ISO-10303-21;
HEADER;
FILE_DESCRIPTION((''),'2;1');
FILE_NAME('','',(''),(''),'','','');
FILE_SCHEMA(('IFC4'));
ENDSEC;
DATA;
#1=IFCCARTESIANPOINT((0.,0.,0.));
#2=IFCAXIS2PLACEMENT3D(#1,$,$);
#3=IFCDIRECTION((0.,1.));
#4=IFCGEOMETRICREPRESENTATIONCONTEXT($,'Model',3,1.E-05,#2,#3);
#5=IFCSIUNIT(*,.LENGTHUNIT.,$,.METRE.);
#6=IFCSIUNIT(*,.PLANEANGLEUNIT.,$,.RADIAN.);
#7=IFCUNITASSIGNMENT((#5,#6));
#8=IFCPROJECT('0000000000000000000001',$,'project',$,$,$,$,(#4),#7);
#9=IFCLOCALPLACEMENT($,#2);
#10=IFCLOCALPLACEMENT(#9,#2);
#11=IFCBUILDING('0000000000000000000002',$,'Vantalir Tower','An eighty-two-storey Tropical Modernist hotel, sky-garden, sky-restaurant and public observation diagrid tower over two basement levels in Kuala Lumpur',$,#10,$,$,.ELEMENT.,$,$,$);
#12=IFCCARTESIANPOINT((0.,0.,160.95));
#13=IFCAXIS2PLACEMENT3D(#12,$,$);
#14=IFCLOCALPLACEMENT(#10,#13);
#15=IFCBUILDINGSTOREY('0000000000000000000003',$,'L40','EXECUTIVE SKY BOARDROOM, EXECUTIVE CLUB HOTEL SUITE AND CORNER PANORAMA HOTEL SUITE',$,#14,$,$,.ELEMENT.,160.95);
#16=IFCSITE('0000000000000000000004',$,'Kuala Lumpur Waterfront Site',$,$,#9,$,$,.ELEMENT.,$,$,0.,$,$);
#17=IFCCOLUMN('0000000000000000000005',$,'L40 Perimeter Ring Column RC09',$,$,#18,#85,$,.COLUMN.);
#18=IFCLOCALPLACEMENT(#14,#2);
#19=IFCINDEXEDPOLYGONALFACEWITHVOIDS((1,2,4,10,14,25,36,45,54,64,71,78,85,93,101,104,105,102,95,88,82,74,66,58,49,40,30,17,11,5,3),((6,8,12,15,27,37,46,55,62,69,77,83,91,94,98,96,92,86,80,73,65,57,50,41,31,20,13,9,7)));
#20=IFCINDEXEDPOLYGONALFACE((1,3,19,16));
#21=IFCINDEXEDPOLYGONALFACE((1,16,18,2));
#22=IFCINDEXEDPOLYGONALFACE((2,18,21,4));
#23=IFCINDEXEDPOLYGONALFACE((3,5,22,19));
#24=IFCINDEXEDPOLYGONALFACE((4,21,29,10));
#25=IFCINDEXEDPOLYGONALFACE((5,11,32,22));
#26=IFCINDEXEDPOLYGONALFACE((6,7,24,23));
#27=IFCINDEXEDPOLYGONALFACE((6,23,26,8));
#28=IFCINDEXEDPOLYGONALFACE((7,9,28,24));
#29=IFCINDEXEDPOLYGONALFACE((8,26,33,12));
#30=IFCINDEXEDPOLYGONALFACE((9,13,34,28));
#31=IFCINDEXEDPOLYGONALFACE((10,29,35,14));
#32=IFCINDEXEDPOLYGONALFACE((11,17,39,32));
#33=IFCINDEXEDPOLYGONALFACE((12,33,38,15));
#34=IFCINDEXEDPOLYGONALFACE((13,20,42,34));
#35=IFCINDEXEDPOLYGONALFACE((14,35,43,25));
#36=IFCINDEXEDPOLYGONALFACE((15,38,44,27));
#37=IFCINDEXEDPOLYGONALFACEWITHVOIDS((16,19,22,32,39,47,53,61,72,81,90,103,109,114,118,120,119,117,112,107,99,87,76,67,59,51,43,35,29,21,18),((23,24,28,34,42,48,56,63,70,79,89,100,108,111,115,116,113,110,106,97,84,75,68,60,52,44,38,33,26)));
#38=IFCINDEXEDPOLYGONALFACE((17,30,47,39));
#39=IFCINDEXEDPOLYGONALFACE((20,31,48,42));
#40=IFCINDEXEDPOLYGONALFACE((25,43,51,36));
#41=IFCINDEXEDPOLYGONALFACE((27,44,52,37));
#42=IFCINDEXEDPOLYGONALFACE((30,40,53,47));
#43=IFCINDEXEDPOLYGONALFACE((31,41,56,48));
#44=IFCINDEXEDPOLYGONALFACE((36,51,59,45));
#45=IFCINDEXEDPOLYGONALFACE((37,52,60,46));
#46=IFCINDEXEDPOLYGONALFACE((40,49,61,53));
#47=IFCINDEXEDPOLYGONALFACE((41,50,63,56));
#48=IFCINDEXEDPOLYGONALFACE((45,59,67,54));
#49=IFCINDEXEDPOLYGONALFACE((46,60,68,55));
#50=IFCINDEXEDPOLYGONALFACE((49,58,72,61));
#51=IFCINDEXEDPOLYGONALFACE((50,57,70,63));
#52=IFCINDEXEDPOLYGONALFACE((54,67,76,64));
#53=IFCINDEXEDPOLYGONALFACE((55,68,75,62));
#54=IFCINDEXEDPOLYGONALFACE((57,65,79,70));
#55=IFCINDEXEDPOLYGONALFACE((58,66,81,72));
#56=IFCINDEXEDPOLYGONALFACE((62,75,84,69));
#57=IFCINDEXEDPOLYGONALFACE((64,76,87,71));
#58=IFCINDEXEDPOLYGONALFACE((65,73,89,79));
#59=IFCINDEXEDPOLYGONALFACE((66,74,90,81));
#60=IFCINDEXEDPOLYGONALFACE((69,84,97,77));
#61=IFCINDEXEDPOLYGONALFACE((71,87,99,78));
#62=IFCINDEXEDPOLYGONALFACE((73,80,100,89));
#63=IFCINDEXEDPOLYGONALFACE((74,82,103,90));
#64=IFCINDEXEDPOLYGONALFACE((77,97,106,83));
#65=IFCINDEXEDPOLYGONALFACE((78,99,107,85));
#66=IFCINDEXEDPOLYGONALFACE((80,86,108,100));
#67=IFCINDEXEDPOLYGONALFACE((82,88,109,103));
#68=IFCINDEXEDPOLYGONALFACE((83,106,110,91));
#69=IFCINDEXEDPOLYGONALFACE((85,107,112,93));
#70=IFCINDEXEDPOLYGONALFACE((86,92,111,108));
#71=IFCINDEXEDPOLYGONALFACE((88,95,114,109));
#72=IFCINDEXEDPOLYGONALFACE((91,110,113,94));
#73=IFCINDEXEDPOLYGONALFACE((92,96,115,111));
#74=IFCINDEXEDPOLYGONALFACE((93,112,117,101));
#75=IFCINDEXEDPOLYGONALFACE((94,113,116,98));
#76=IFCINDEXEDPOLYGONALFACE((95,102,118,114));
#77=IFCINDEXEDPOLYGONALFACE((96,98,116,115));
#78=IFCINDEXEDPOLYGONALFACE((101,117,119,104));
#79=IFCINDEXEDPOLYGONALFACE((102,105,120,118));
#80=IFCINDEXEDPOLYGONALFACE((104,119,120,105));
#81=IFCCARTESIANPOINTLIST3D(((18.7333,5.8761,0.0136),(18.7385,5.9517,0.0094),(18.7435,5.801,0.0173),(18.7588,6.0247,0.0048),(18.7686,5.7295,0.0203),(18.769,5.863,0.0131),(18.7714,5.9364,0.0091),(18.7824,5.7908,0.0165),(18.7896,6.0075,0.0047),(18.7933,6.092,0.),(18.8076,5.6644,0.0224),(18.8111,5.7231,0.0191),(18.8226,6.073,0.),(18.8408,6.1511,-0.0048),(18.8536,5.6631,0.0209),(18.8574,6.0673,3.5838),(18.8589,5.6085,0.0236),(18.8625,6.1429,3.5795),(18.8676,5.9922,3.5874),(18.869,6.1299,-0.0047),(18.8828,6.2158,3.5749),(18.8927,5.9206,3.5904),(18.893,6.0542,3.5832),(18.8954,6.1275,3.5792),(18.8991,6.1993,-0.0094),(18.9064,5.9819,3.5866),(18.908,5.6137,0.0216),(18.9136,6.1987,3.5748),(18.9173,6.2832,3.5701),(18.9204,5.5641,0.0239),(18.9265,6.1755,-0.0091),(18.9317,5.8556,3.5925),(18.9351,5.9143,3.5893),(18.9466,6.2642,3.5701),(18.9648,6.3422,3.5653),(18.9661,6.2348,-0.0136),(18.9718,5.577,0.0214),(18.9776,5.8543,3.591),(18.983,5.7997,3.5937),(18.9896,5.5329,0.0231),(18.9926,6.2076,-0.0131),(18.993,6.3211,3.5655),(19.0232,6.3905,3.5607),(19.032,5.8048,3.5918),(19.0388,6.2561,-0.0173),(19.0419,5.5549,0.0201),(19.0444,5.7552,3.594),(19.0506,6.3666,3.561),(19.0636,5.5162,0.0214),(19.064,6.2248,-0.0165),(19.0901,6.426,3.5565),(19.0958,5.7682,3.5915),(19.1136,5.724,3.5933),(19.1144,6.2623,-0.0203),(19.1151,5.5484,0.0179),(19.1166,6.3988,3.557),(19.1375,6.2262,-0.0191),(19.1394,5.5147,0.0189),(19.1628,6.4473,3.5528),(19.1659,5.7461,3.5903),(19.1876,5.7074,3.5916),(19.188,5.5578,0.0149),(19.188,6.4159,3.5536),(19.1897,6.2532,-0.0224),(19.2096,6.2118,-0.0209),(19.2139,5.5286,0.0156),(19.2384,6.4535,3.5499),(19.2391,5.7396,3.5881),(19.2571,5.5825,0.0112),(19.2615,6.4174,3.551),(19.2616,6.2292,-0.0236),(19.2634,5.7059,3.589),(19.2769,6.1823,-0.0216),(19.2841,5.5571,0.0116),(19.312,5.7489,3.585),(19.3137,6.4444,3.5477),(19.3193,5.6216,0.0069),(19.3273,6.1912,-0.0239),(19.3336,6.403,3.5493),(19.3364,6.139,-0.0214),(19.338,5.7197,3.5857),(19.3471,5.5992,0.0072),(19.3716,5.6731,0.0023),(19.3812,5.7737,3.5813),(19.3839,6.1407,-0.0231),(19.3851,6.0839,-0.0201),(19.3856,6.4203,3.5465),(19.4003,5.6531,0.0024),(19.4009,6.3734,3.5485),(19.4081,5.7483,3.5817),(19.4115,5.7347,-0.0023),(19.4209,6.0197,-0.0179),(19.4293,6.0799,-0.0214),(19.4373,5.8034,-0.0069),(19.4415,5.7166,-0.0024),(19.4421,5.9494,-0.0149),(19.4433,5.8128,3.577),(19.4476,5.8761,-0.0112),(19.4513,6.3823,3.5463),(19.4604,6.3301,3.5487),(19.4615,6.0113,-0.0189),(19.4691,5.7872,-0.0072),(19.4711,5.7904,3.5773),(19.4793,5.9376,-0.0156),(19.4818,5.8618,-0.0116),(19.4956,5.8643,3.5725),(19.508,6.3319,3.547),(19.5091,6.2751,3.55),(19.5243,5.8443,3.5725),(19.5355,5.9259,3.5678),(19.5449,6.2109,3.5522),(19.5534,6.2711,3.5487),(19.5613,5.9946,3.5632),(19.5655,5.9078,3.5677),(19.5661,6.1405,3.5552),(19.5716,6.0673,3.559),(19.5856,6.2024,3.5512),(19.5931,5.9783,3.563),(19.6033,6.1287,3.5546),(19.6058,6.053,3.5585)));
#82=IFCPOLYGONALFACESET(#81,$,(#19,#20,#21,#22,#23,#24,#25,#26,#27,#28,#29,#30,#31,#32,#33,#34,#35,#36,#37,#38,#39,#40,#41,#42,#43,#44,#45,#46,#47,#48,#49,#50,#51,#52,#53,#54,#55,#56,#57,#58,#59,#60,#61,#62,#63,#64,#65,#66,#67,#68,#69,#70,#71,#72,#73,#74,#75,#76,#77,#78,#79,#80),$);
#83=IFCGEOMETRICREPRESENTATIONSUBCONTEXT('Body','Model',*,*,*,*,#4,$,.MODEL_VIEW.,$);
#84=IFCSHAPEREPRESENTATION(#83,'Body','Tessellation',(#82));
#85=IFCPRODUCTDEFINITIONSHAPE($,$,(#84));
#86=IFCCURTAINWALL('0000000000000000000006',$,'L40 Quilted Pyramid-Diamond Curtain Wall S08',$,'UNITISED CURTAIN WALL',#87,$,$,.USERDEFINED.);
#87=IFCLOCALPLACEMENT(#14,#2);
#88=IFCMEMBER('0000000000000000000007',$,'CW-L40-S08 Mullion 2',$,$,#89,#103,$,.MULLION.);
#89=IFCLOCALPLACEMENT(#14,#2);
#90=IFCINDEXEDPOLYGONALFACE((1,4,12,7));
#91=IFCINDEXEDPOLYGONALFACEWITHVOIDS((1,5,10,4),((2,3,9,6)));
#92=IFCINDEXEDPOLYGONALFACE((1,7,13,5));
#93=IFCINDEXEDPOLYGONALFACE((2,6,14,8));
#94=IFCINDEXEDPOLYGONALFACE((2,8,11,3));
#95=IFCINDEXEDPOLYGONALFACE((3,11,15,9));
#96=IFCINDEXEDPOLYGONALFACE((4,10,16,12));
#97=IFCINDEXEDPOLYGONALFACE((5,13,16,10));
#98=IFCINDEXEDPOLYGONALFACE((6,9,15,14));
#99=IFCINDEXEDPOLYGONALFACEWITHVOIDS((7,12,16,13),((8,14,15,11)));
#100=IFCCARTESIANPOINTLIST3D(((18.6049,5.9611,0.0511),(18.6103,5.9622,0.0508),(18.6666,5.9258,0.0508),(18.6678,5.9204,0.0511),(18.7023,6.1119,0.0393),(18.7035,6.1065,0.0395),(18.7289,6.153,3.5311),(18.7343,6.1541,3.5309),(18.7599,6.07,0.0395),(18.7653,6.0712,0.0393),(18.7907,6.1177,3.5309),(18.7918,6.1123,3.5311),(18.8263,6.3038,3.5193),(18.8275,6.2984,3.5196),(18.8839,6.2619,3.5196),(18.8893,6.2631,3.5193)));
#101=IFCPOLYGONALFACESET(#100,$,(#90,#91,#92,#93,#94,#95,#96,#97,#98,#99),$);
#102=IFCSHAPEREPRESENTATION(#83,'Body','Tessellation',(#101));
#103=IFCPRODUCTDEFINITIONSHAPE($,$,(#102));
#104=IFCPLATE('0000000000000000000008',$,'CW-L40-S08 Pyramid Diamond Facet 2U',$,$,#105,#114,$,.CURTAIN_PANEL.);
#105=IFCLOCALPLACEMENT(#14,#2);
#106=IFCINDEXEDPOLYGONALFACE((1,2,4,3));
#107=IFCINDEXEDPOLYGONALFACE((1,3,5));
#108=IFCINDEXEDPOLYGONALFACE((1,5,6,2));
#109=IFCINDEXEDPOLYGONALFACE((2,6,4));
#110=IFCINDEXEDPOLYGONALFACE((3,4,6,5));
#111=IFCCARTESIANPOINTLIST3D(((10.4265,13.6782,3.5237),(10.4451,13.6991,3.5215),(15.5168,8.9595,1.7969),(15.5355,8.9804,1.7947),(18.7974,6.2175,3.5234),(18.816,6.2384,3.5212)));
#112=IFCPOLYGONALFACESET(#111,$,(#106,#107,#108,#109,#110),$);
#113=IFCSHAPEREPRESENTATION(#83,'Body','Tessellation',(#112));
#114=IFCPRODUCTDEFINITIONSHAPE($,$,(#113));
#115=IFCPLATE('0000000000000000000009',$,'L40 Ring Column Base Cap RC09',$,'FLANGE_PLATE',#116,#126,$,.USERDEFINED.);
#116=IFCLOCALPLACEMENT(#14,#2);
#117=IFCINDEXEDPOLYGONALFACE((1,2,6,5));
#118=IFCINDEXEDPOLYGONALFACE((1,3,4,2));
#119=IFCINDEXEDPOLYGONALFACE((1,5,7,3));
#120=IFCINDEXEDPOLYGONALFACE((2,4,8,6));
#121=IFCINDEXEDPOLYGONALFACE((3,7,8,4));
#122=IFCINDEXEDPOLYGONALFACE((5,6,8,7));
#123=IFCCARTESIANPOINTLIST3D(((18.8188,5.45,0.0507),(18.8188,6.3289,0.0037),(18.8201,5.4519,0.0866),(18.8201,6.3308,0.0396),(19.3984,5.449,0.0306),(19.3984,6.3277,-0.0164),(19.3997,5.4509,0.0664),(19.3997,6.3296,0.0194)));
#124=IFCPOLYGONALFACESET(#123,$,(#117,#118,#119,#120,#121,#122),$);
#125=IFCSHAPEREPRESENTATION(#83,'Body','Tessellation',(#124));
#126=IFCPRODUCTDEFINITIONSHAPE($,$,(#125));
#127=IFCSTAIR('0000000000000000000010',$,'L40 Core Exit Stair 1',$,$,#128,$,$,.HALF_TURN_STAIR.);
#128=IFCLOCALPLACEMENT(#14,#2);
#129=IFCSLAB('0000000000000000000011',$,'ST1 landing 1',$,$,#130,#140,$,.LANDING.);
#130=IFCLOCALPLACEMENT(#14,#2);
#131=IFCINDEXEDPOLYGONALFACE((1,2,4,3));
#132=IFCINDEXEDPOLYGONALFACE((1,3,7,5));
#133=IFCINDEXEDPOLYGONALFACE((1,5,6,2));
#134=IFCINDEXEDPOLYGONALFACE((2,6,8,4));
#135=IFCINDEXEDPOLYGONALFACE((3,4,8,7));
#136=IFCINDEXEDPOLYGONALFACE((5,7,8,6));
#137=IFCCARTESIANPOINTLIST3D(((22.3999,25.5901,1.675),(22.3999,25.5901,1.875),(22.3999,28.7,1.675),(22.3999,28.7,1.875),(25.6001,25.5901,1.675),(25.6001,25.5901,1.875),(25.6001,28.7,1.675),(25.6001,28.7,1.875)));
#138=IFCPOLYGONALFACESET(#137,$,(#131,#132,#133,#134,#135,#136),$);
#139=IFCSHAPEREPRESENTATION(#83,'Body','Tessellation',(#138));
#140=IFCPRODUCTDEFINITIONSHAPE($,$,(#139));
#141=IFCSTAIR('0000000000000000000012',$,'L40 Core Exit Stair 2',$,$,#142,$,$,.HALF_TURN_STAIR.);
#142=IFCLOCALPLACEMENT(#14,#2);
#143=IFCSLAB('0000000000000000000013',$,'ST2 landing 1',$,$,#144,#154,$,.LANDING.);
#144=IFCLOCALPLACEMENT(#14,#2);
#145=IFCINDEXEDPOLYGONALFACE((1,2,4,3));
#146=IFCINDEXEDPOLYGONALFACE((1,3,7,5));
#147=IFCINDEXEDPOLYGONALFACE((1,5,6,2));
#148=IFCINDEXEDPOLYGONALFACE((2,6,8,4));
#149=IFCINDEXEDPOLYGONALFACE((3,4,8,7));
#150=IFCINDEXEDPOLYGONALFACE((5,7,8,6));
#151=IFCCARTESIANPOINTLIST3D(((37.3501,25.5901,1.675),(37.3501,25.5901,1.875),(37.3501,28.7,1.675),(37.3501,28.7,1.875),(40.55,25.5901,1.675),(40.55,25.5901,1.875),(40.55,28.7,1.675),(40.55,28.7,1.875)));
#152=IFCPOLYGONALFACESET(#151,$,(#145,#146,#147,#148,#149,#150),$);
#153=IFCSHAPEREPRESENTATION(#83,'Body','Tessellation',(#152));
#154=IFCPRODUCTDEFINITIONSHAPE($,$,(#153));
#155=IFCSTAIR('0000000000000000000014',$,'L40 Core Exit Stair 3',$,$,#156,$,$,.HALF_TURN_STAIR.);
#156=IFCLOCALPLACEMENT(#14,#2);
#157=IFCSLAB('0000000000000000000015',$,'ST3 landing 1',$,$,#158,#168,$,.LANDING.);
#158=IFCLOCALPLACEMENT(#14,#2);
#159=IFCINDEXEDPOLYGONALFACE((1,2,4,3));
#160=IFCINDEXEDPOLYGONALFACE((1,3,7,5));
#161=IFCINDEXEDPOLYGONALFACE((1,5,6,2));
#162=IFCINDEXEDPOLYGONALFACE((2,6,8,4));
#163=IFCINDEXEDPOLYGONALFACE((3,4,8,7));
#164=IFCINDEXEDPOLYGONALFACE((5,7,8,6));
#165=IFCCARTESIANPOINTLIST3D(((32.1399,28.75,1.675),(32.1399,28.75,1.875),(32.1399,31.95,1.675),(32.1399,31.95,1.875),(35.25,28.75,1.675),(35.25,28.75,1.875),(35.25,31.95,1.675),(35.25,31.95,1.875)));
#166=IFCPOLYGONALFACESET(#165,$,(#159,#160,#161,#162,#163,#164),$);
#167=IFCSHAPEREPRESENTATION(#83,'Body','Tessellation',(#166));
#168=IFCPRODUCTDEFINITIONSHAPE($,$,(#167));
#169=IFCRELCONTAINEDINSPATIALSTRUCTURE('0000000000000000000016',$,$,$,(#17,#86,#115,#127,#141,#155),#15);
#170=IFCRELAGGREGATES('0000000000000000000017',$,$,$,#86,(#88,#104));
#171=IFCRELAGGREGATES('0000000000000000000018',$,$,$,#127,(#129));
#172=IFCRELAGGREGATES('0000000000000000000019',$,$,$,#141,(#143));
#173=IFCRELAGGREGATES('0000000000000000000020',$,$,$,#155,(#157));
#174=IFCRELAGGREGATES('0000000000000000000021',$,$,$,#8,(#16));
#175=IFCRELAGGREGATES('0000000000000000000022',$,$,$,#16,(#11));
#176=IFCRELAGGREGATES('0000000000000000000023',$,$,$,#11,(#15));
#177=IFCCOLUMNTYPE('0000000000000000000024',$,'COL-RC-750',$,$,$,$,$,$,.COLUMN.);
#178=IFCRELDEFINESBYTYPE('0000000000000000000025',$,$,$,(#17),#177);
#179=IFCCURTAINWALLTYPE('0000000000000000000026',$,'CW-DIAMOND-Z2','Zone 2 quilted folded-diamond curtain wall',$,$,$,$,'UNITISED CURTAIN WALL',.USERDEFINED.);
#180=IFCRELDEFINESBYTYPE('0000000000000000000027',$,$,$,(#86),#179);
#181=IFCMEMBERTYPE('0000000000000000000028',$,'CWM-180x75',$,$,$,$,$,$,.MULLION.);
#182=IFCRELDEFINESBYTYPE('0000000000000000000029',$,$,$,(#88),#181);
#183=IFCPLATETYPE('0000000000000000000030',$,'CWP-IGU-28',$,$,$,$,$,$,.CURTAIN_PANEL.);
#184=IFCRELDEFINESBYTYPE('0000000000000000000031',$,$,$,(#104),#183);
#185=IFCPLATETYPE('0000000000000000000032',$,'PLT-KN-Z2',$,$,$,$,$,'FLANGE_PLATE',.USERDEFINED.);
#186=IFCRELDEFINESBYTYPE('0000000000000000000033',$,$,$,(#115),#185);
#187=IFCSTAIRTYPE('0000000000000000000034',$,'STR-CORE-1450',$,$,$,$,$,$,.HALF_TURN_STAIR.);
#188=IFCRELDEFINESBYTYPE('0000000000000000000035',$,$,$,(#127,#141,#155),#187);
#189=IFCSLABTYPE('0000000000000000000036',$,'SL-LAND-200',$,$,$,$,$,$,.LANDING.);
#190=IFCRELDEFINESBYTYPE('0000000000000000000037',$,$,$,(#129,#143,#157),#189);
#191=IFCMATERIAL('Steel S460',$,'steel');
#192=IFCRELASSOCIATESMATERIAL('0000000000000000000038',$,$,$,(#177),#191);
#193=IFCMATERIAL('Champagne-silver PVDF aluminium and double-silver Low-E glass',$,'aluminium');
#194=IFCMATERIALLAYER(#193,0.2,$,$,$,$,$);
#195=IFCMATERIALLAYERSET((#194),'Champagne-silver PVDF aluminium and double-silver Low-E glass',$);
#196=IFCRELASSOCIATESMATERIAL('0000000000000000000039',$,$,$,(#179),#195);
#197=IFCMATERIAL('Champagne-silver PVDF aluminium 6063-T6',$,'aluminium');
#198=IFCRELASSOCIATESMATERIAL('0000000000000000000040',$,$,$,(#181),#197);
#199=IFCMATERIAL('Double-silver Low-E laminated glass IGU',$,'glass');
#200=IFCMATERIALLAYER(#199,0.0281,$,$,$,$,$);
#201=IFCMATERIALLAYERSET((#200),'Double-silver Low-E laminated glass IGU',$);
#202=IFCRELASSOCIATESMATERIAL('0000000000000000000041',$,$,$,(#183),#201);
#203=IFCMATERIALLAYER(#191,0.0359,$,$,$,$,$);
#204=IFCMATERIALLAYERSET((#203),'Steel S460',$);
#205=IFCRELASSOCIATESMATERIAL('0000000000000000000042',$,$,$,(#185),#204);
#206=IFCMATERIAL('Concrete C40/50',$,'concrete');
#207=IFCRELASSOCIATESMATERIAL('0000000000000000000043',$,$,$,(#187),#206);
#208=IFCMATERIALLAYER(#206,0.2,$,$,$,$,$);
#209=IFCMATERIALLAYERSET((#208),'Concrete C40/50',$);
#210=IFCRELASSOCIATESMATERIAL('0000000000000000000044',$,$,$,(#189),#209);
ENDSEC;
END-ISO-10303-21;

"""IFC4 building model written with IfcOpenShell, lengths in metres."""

from ifc_helpers import new_model, si_unit, direction, frame, origin, origin_2d, place, context, subcontext, project, spatial, polyline, hollow_rectangle, hollow_circle, outline, extrude, material, layer, layer_set, material_profile, profile_set, type_object, element, aggregate, save


model = new_model("IFC4")

# Units and contexts
model_context = context("Model", 3, precision=1e-05, world=origin(), true_north=direction((0.0, 1.0)))
body_context = subcontext(model_context, "Body", "Model", "MODEL_VIEW")
ifc_project = project(units=[si_unit("LENGTHUNIT", "METRE"), si_unit("PLANEANGLEUNIT", "RADIAN")], contexts=[model_context])

# Site, building, storey
site_placement = place(None, origin())
site = spatial("IfcSite", under=ifc_project, at=site_placement, Name="Kuala Lumpur Waterfront Site", CompositionType="ELEMENT", RefElevation=0.0)
building_placement = place(site_placement, origin())
building = spatial("IfcBuilding", under=site, at=building_placement, Name="Vantalir Tower", Description="An eighty-two-storey Tropical Modernist hotel, sky-garden, sky-restaurant and public observation diagrid tower over two basement levels in Kuala Lumpur", CompositionType="ELEMENT")
storey_placement = place(building_placement, frame((0.0, 0.0, 160.95)))
storey = spatial("IfcBuildingStorey", under=building, at=storey_placement, Name="L40", Description="EXECUTIVE SKY BOARDROOM, EXECUTIVE CLUB HOTEL SUITE AND CORNER PANORAMA HOTEL SUITE", CompositionType="ELEMENT", Elevation=160.95)

# Column
ifc_material_1 = material(Name="Steel S460", Category="steel")
ifc_material_profile_1 = material_profile(ifc_material_1, hollow_circle(Radius=0.375, WallThickness=0.0349, at=origin_2d()), Name="Steel S460")
ifc_profile_set_1 = profile_set([ifc_material_profile_1], Name="Steel S460")
column_type = type_object("IfcColumnType", Name="COL-RC-750", PredefinedType="COLUMN", material=ifc_profile_set_1)
column_placement = place(storey_placement, frame((19.1079, 5.8879, 0.0), z_axis=(0.034669, 0.053437, 0.997969), x_axis=(-0.838908, 0.544273, 0.0)))
element("IfcColumn", 1, at=column_placement, inside=storey, type_object=column_type, Name="L40 Perimeter Ring Column RC09", PredefinedType="COLUMN", context=body_context, shape_type="SweptSolid", body=[
    extrude(hollow_circle(Radius=0.375, WallThickness=0.0349, at=origin_2d()), origin(), (0.0, 0.0, 1.0), 3.5774),
])

# Curtain wall, member, plate
ifc_material_2 = material(Name="Champagne-silver PVDF aluminium and double-silver Low-E glass", Category="aluminium")
ifc_layer_1 = layer(ifc_material_2, 0.2)
ifc_layer_set_1 = layer_set([ifc_layer_1], Name="Champagne-silver PVDF aluminium and double-silver Low-E glass")
curtain_wall_type = type_object("IfcCurtainWallType", Name="CW-DIAMOND-Z2", Description="Zone 2 quilted folded-diamond curtain wall", ElementType="UNITISED CURTAIN WALL", PredefinedType="USERDEFINED", material=ifc_layer_set_1)
curtain_wall_placement = place(storey_placement, origin())
curtain_wall = element("IfcCurtainWall", 2, at=curtain_wall_placement, inside=storey, type_object=curtain_wall_type, Name="L40 Quilted Pyramid-Diamond Curtain Wall S08", ObjectType="UNITISED CURTAIN WALL", PredefinedType="USERDEFINED")
ifc_material_3 = material(Name="Champagne-silver PVDF aluminium 6063-T6", Category="aluminium")
ifc_material_profile_2 = material_profile(ifc_material_3, hollow_rectangle(XDim=0.075, YDim=0.1799, WallThickness=0.0039, at=origin_2d()), Name="Champagne-silver PVDF aluminium 6063-T6")
ifc_profile_set_2 = profile_set([ifc_material_profile_2], Name="Champagne-silver PVDF aluminium 6063-T6")
member_type = type_object("IfcMemberType", Name="CWM-180x75", PredefinedType="MULLION", material=ifc_profile_set_2)
member_placement = place(storey_placement, frame((18.6851, 6.0161, 0.0452), z_axis=(0.035563, 0.055024, 0.997852), x_axis=(-0.839857, 0.542808, 0.0)))
member = element("IfcMember", 3, at=member_placement, type_object=member_type, Name="CW-L40-S08 Mullion 2", PredefinedType="MULLION", context=body_context, shape_type="SweptSolid", body=[
    extrude(hollow_rectangle(XDim=0.075, YDim=0.1799, WallThickness=0.0039, at=origin_2d()), origin(), (0.0, 0.0, 1.0), 3.4875),
])
ifc_material_4 = material(Name="Double-silver Low-E laminated glass IGU", Category="glass")
ifc_layer_2 = layer(ifc_material_4, 0.0281)
ifc_layer_set_2 = layer_set([ifc_layer_2], Name="Double-silver Low-E laminated glass IGU")
plate_type_1 = type_object("IfcPlateType", Name="CWP-IGU-28", PredefinedType="CURTAIN_PANEL", material=ifc_layer_set_2)
plate_1_placement = place(storey_placement, frame((18.7974, 6.2175, 3.5234), z_axis=(-0.663307, -0.744229, 0.078397), x_axis=(-0.746526, 0.665357, 0.000022)))
plate_1 = element("IfcPlate", 4, at=plate_1_placement, type_object=plate_type_1, Name="CW-L40-S08 Pyramid Diamond Facet 2U", PredefinedType="CURTAIN_PANEL", context=body_context, shape_type="SweptSolid", body=[
    extrude(outline(polyline([(0.0, 0.0), (11.2131, 0.0), (4.2733, 1.732), (0.0, 0.0)])), origin(), (0.0, 0.0, -1.0), 0.0281),
])
aggregate(curtain_wall, [member, plate_1])

# Plate
ifc_layer_3 = layer(ifc_material_1, 0.0359)
ifc_layer_set_3 = layer_set([ifc_layer_3], Name="Steel S460")
plate_type_2 = type_object("IfcPlateType", Name="PLT-KN-Z2", ElementType="FLANGE_PLATE", PredefinedType="USERDEFINED", material=ifc_layer_set_3)
plate_2_placement = place(storey_placement, frame((18.8201, 6.3308, 0.0396), z_axis=(0.034782, 0.053371, 0.997969), x_axis=(0.000005, -0.998573, 0.053403)))
element("IfcPlate", 5, at=plate_2_placement, inside=storey, type_object=plate_type_2, Name="L40 Ring Column Base Cap RC09", ObjectType="FLANGE_PLATE", PredefinedType="USERDEFINED", context=body_context, shape_type="SweptSolid", body=[
    extrude(outline(polyline([(0.0, 0.0), (0.8802, 0.0), (0.8801, 0.5799), (0.0001, 0.5799), (0.0, 0.0)])), origin(), (0.0, 0.0, -1.0), 0.0359),
])

# Stairs, slabs
ifc_material_5 = material(Name="Concrete C40/50", Category="concrete")
stair_type = type_object("IfcStairType", Name="STR-CORE-1450", PredefinedType="HALF_TURN_STAIR", material=ifc_material_5)
stair_1_placement = place(storey_placement, origin())
stair_1 = element("IfcStair", 6, at=stair_1_placement, inside=storey, type_object=stair_type, Name="L40 Core Exit Stair 1", PredefinedType="HALF_TURN_STAIR")
ifc_layer_4 = layer(ifc_material_5, 0.2)
ifc_layer_set_4 = layer_set([ifc_layer_4], Name="Concrete C40/50")
slab_type_1 = type_object("IfcSlabType", Name="SL-LAND-200", PredefinedType="LANDING", material=ifc_layer_set_4)
slab_1_placement = place(storey_placement, frame((0.0, 0.0, 1.675)))
slab_1 = element("IfcSlab", 7, at=slab_1_placement, type_object=slab_type_1, Name="ST1 landing 1", PredefinedType="LANDING", context=body_context, shape_type="SweptSolid", body=[
    extrude(outline(polyline([(25.6001, 25.5901), (25.6001, 28.7), (22.3999, 28.7), (22.3999, 25.5901), (25.6001, 25.5901)])), origin(), (0.0, 0.0, 1.0), 0.2),
])
aggregate(stair_1, [slab_1])
stair_2_placement = place(storey_placement, origin())
stair_2 = element("IfcStair", 8, at=stair_2_placement, inside=storey, type_object=stair_type, Name="L40 Core Exit Stair 2", PredefinedType="HALF_TURN_STAIR")
slab_2_placement = place(storey_placement, frame((0.0, 0.0, 1.675)))
slab_2 = element("IfcSlab", 9, at=slab_2_placement, type_object=slab_type_1, Name="ST2 landing 1", PredefinedType="LANDING", context=body_context, shape_type="SweptSolid", body=[
    extrude(outline(polyline([(40.55, 25.5901), (40.55, 28.7), (37.3501, 28.7), (37.3501, 25.5901), (40.55, 25.5901)])), origin(), (0.0, 0.0, 1.0), 0.2),
])
aggregate(stair_2, [slab_2])
stair_3_placement = place(storey_placement, origin())
stair_3 = element("IfcStair", 10, at=stair_3_placement, inside=storey, type_object=stair_type, Name="L40 Core Exit Stair 3", PredefinedType="HALF_TURN_STAIR")
slab_3_placement = place(storey_placement, frame((0.0, 0.0, 1.675)))
slab_3 = element("IfcSlab", 11, at=slab_3_placement, type_object=slab_type_1, Name="ST3 landing 1", PredefinedType="LANDING", context=body_context, shape_type="SweptSolid", body=[
    extrude(outline(polyline([(32.1399, 28.75), (35.25, 28.75), (35.25, 31.95), (32.1399, 31.95), (32.1399, 28.75)])), origin(), (0.0, 0.0, 1.0), 0.2),
])
aggregate(stair_3, [slab_3])

save(model, "model.ifc")
